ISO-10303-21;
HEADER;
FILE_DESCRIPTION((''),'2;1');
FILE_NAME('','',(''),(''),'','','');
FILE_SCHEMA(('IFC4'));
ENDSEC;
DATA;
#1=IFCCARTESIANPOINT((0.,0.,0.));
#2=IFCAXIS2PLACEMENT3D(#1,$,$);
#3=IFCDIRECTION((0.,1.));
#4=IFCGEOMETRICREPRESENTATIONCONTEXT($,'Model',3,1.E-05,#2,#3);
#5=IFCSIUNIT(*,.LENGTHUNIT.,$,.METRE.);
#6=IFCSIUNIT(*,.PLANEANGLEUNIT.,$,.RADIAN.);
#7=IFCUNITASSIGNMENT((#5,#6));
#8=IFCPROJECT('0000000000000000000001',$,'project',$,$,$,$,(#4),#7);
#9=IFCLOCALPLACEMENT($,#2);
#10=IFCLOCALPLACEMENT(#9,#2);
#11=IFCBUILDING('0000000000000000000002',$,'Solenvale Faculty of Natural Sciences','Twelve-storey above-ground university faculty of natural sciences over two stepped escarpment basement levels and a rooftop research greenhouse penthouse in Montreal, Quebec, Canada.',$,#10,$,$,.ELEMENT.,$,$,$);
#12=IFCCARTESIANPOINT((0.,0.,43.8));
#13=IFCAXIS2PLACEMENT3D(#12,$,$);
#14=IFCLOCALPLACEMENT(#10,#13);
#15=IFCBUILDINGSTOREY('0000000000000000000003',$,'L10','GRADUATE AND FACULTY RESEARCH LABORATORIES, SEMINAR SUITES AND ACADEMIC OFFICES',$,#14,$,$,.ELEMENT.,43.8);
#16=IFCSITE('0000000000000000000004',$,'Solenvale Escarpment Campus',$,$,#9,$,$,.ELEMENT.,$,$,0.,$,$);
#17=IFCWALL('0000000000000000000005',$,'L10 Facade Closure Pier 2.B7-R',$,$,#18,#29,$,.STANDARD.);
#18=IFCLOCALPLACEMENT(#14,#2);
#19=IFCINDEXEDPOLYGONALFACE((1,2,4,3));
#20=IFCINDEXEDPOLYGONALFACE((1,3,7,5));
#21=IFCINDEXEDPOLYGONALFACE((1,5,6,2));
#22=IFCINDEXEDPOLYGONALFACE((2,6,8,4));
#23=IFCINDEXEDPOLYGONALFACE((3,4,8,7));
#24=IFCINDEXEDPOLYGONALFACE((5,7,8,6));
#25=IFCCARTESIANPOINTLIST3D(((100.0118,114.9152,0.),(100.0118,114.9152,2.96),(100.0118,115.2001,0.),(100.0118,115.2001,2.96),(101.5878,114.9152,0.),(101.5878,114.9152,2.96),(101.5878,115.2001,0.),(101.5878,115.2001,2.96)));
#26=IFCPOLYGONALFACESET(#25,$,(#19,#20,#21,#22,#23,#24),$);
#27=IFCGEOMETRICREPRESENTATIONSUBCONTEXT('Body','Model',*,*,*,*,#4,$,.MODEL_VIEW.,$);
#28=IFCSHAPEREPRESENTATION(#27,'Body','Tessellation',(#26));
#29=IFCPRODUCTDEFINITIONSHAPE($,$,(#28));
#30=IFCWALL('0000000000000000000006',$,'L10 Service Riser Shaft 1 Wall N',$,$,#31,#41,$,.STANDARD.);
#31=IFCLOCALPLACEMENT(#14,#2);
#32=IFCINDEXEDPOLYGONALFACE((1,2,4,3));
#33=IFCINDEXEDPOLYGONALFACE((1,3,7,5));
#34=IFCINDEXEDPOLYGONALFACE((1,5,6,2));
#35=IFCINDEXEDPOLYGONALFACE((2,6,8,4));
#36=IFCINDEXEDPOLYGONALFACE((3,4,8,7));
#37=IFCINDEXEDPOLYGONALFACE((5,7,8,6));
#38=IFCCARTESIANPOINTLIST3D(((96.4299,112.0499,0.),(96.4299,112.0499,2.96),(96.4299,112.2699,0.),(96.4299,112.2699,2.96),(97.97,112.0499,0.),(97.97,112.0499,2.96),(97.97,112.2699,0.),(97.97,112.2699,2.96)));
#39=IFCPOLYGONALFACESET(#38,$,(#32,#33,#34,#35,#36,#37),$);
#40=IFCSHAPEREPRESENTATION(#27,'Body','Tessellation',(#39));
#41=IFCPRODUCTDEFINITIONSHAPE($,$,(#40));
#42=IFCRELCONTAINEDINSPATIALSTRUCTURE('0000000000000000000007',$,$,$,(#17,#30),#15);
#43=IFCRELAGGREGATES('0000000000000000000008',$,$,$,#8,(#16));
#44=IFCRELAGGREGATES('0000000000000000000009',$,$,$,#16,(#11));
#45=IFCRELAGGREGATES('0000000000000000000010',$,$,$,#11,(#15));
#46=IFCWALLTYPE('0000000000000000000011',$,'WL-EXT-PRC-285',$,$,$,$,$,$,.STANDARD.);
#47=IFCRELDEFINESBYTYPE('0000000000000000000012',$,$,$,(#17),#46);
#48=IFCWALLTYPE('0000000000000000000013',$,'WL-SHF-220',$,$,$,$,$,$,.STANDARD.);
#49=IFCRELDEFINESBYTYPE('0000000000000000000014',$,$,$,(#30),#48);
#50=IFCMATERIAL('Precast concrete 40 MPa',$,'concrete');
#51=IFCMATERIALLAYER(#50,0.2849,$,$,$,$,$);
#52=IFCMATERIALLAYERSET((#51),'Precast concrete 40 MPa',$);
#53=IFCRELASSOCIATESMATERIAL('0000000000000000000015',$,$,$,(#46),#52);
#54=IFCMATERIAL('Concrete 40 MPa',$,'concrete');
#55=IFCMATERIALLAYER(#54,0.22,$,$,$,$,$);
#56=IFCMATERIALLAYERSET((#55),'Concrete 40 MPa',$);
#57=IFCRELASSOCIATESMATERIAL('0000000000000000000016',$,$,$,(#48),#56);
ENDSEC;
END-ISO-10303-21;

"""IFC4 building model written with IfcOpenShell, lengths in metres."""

from ifc_helpers import new_model, si_unit, direction, frame, frame_2d, origin, place, context, subcontext, project, spatial, rectangle, extrude, material, layer, layer_set, type_object, element, save


model = new_model("IFC4")

# Units and contexts
model_context = context("Model", 3, precision=1e-05, world=origin(), true_north=direction((0.0, 1.0)))
body_context = subcontext(model_context, "Body", "Model", "MODEL_VIEW")
ifc_project = project(units=[si_unit("LENGTHUNIT", "METRE"), si_unit("PLANEANGLEUNIT", "RADIAN")], contexts=[model_context])

# Site, building, storey
site_placement = place(None, origin())
site = spatial("IfcSite", under=ifc_project, at=site_placement, Name="Solenvale Escarpment Campus", CompositionType="ELEMENT", RefElevation=0.0)
building_placement = place(site_placement, origin())
building = spatial("IfcBuilding", under=site, at=building_placement, Name="Solenvale Faculty of Natural Sciences", Description="Twelve-storey above-ground university faculty of natural sciences over two stepped escarpment basement levels and a rooftop research greenhouse penthouse in Montreal, Quebec, Canada.", CompositionType="ELEMENT")
storey_placement = place(building_placement, frame((0.0, 0.0, 43.8)))
storey = spatial("IfcBuildingStorey", under=building, at=storey_placement, Name="L10", Description="GRADUATE AND FACULTY RESEARCH LABORATORIES, SEMINAR SUITES AND ACADEMIC OFFICES", CompositionType="ELEMENT", Elevation=43.8)

# Shared definitions
ifc_material_1 = material(Name="Concrete 40 MPa", Category="concrete")

# Shared definitions
ifc_material_2 = material(Name="Precast concrete 40 MPa", Category="concrete")

# Walls
ifc_layer_1 = layer(ifc_material_2, 0.2849)
ifc_layer_set_1 = layer_set([ifc_layer_1], Name="Precast concrete 40 MPa")
wall_type_1 = type_object("IfcWallType", Name="WL-EXT-PRC-285", PredefinedType="STANDARD", material=ifc_layer_set_1)
wall_1_placement = place(storey_placement, frame((101.5879, 115.0576, 0.0), z_axis=(0.0, 0.0, 1.0), x_axis=(-1.0, 0.0, 0.0)))
element("IfcWall", 1, at=wall_1_placement, inside=storey, type_object=wall_type_1, Name="L10 Facade Closure Pier 2.B7-R", PredefinedType="STANDARD", context=body_context, shape_type="SweptSolid", body=[
    extrude(rectangle(XDim=1.5759, YDim=0.2849, at=frame_2d((0.7881, 0.0))), origin(), (0.0, 0.0, 1.0), 2.96),
])
ifc_layer_2 = layer(ifc_material_1, 0.22)
ifc_layer_set_2 = layer_set([ifc_layer_2], Name="Concrete 40 MPa")
wall_type_2 = type_object("IfcWallType", Name="WL-SHF-220", PredefinedType="STANDARD", material=ifc_layer_set_2)
wall_2_placement = place(storey_placement, frame((96.4299, 112.1599, 0.0), z_axis=(0.0, 0.0, 1.0), x_axis=(1.0, 0.0, 0.0)))
element("IfcWall", 2, at=wall_2_placement, inside=storey, type_object=wall_type_2, Name="L10 Service Riser Shaft 1 Wall N", PredefinedType="STANDARD", context=body_context, shape_type="SweptSolid", body=[
    extrude(rectangle(XDim=1.54, YDim=0.22, at=frame_2d((0.77, 0.0))), origin(), (0.0, 0.0, 1.0), 2.96),
])

save(model, "model.ifc")
